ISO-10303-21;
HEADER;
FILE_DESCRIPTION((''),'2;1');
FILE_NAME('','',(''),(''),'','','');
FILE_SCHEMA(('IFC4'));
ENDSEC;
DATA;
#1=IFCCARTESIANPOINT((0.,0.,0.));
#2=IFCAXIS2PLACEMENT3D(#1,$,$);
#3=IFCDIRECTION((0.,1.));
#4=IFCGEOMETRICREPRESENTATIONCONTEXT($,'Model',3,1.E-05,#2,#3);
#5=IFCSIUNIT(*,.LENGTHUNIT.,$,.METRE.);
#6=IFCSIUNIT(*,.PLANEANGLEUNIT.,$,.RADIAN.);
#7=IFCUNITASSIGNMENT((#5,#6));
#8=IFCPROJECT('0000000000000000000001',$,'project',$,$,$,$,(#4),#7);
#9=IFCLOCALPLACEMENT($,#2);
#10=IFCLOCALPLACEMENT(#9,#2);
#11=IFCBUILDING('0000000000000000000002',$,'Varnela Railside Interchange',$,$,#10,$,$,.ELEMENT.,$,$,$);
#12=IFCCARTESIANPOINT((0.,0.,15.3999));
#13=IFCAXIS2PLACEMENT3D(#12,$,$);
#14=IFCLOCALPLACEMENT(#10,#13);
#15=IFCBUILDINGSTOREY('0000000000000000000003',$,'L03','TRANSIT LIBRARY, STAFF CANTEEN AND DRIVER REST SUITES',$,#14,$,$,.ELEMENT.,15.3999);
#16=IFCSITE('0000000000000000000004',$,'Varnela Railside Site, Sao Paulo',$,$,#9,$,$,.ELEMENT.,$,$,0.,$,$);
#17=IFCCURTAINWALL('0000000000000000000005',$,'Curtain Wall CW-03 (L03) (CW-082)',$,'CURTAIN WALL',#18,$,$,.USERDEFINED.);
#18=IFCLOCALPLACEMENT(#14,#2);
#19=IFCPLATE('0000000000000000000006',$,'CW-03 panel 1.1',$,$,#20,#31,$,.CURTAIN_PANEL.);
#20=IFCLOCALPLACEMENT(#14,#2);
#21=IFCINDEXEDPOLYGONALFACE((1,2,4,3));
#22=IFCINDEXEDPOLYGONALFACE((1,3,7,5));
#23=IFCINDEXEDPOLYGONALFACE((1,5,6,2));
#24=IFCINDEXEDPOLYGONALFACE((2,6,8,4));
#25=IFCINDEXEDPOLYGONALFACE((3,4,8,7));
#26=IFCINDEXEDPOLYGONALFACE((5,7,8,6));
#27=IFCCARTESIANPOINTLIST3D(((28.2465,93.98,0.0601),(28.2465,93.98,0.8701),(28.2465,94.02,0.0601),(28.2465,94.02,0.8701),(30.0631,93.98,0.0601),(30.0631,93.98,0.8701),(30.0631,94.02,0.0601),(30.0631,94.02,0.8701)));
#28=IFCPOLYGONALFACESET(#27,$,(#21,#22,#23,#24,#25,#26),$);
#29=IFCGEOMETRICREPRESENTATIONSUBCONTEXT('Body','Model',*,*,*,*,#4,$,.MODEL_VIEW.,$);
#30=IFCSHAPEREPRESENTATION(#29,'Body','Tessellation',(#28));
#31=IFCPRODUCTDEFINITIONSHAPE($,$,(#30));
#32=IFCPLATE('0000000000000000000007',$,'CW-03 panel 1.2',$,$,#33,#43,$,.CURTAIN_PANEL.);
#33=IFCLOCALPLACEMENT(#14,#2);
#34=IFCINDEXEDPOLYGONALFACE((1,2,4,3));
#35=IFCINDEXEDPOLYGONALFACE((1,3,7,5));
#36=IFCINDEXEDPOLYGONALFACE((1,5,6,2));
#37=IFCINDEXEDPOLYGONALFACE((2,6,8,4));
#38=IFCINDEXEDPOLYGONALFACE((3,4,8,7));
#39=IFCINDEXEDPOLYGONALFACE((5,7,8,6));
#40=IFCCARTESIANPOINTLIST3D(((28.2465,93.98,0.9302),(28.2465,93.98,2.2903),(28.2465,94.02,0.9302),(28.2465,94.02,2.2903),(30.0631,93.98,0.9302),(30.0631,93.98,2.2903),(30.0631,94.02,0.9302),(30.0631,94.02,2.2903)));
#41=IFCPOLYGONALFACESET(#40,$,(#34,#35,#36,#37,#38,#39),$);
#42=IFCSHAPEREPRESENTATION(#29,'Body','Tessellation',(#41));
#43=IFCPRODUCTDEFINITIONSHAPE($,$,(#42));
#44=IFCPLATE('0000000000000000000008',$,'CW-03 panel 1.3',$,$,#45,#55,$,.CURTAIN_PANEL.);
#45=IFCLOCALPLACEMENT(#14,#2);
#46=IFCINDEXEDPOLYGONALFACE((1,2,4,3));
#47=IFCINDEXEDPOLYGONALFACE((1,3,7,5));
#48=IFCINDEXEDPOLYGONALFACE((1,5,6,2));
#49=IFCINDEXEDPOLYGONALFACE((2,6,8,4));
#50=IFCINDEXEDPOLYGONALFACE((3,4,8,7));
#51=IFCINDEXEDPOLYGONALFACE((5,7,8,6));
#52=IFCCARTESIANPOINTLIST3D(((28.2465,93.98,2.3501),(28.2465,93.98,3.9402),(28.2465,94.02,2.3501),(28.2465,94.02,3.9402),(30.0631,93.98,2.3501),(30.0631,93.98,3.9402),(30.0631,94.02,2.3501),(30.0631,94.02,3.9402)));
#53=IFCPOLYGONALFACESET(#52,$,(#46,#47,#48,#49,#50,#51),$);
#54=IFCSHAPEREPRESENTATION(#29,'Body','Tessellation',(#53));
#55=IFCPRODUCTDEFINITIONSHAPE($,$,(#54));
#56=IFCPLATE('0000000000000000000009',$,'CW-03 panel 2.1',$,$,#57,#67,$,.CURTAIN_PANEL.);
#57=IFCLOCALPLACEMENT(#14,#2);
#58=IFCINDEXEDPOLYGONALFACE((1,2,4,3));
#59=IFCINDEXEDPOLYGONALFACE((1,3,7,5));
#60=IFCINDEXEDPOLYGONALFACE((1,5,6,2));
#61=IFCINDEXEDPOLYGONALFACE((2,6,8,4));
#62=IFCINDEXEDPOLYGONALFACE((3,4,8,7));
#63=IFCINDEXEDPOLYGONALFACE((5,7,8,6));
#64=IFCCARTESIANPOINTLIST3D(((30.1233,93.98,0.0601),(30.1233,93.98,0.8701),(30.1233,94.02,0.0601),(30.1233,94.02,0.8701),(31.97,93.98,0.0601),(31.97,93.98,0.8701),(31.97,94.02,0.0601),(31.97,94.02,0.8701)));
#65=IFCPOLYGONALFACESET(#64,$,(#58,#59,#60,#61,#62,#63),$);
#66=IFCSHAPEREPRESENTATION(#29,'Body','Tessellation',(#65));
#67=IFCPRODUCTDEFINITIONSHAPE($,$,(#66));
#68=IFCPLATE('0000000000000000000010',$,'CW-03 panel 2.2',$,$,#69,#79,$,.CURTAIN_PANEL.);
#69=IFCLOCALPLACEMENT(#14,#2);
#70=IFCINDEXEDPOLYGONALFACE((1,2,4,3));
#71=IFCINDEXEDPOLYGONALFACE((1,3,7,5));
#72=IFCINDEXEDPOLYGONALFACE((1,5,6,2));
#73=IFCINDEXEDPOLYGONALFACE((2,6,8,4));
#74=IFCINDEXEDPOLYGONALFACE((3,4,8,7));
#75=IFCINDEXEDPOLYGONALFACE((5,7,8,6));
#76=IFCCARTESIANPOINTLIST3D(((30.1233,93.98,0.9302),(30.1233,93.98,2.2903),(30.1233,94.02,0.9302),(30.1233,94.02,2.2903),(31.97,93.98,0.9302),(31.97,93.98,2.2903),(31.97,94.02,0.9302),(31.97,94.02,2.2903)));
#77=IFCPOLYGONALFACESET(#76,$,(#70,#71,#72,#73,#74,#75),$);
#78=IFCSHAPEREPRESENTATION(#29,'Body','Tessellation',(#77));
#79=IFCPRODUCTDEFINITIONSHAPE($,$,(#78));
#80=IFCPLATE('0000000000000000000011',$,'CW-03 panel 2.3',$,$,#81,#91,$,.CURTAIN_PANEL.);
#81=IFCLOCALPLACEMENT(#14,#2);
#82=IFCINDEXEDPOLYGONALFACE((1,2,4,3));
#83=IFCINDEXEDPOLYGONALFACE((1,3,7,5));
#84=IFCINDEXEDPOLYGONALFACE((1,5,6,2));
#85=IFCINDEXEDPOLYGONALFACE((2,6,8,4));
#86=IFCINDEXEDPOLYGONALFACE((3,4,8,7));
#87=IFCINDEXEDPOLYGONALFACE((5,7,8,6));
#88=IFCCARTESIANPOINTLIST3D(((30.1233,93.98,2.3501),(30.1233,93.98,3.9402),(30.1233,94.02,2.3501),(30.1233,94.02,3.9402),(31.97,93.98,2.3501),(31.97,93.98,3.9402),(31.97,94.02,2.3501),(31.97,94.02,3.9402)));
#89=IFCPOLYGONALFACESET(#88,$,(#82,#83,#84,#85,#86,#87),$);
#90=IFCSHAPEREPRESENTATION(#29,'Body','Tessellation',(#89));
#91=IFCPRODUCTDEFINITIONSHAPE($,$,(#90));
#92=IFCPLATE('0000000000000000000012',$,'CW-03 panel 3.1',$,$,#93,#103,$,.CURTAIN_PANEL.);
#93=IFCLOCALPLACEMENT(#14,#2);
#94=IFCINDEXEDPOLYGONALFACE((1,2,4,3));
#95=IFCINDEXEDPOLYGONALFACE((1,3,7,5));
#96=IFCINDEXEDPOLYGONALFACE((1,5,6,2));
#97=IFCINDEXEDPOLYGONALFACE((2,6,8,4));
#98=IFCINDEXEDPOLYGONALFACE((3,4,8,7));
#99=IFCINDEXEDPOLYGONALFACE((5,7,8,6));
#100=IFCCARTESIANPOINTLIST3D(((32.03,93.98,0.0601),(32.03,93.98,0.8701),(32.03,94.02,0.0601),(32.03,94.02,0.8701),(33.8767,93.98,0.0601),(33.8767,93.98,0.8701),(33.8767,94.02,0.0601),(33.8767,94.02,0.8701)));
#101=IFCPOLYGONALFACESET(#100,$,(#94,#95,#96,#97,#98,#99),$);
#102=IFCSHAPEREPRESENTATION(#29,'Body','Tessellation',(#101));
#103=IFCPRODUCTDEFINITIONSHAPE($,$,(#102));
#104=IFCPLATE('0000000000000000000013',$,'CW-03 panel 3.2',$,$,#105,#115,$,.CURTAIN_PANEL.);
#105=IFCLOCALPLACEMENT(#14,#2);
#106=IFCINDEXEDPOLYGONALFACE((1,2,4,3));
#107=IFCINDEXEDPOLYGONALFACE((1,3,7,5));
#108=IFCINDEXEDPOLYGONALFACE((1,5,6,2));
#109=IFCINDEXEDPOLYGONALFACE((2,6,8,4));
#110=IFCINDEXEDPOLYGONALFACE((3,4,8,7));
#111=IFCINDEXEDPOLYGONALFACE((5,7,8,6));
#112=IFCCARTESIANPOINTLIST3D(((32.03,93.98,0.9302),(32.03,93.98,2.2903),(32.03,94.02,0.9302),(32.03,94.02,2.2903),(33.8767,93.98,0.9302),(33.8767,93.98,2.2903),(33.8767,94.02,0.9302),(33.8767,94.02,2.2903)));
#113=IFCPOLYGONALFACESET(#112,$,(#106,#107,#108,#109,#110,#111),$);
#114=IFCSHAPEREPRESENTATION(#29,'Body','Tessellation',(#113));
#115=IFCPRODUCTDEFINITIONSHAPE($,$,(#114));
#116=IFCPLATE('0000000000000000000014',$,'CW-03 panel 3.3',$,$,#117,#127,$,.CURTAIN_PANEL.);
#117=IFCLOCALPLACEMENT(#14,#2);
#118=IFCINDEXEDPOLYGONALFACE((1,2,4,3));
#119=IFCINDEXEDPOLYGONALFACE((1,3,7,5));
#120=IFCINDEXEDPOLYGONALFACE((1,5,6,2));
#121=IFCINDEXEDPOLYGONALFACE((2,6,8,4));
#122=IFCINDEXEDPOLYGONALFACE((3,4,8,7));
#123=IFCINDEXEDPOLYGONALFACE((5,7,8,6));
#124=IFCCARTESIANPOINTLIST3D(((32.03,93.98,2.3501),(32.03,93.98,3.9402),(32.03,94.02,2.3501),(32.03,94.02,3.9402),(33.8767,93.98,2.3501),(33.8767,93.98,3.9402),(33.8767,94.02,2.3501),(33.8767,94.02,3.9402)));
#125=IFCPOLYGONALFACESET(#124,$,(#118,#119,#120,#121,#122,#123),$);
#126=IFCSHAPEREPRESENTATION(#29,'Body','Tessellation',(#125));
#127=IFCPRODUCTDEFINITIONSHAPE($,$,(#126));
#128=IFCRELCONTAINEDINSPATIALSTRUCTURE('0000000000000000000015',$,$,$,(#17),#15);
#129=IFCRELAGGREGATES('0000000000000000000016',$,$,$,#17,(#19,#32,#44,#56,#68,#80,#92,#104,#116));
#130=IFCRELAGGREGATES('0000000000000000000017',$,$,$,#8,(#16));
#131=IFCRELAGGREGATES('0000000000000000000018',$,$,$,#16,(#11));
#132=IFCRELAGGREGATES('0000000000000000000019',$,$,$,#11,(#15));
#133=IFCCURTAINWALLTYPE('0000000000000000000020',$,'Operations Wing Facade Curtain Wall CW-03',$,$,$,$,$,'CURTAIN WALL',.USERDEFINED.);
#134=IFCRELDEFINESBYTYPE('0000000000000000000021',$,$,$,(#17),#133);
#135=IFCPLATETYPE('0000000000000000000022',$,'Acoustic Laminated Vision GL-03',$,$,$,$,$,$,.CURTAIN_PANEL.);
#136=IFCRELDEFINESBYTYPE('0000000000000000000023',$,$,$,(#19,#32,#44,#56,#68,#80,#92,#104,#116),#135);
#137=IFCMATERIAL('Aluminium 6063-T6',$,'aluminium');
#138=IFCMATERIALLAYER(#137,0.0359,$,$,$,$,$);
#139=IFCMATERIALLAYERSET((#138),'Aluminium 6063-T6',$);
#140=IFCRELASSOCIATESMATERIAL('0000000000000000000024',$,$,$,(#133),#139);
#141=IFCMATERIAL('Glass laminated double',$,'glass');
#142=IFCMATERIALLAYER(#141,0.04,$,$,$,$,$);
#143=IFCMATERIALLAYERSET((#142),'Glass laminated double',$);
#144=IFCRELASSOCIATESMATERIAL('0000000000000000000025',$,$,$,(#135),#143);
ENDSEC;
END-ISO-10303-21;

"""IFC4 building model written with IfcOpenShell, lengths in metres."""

from ifc_helpers import new_model, si_unit, direction, frame, origin, origin_2d, place, context, subcontext, project, spatial, rectangle, extrude, material, layer, layer_set, type_object, element, aggregate, save


model = new_model("IFC4")

# Units and contexts
model_context = context("Model", 3, precision=1e-05, world=origin(), true_north=direction((0.0, 1.0)))
body_context = subcontext(model_context, "Body", "Model", "MODEL_VIEW")
ifc_project = project(units=[si_unit("LENGTHUNIT", "METRE"), si_unit("PLANEANGLEUNIT", "RADIAN")], contexts=[model_context])

# Site, building, storey
site_placement = place(None, origin())
site = spatial("IfcSite", under=ifc_project, at=site_placement, Name="Varnela Railside Site, Sao Paulo", CompositionType="ELEMENT", RefElevation=0.0)
building_placement = place(site_placement, origin())
building = spatial("IfcBuilding", under=site, at=building_placement, Name="Varnela Railside Interchange", CompositionType="ELEMENT")
storey_placement = place(building_placement, frame((0.0, 0.0, 15.3999)))
storey = spatial("IfcBuildingStorey", under=building, at=storey_placement, Name="L03", Description="TRANSIT LIBRARY, STAFF CANTEEN AND DRIVER REST SUITES", CompositionType="ELEMENT", Elevation=15.3999)

# Curtain wall, plates
ifc_material_1 = material(Name="Aluminium 6063-T6", Category="aluminium")
ifc_layer_1 = layer(ifc_material_1, 0.0359)
ifc_layer_set_1 = layer_set([ifc_layer_1], Name="Aluminium 6063-T6")
curtain_wall_type = type_object("IfcCurtainWallType", Name="Operations Wing Facade Curtain Wall CW-03", ElementType="CURTAIN WALL", PredefinedType="USERDEFINED", material=ifc_layer_set_1)
curtain_wall_placement = place(storey_placement, origin())
curtain_wall = element("IfcCurtainWall", 1, at=curtain_wall_placement, inside=storey, type_object=curtain_wall_type, Name="Curtain Wall CW-03 (L03) (CW-082)", ObjectType="CURTAIN WALL", PredefinedType="USERDEFINED")
ifc_material_2 = material(Name="Glass laminated double", Category="glass")
ifc_layer_2 = layer(ifc_material_2, 0.04)
ifc_layer_set_2 = layer_set([ifc_layer_2], Name="Glass laminated double")
plate_type = type_object("IfcPlateType", Name="Acoustic Laminated Vision GL-03", PredefinedType="CURTAIN_PANEL", material=ifc_layer_set_2)
plate_1_placement = place(storey_placement, frame((29.1548, 94.0, 0.0601), z_axis=(0.0, 0.0, 1.0), x_axis=(1.0, 0.0, 0.0)))
plate_1 = element("IfcPlate", 2, at=plate_1_placement, type_object=plate_type, Name="CW-03 panel 1.1", PredefinedType="CURTAIN_PANEL", context=body_context, shape_type="SweptSolid", body=[
    extrude(rectangle(XDim=1.8167, YDim=0.04, at=origin_2d()), origin(), (0.0, 0.0, 1.0), 0.8101),
])
plate_2_placement = place(storey_placement, frame((29.1548, 94.0, 0.9302), z_axis=(0.0, 0.0, 1.0), x_axis=(1.0, 0.0, 0.0)))
plate_2 = element("IfcPlate", 3, at=plate_2_placement, type_object=plate_type, Name="CW-03 panel 1.2", PredefinedType="CURTAIN_PANEL", context=body_context, shape_type="SweptSolid", body=[
    extrude(rectangle(XDim=1.8167, YDim=0.04, at=origin_2d()), origin(), (0.0, 0.0, 1.0), 1.3601),
])
plate_3_placement = place(storey_placement, frame((29.1548, 94.0, 2.3501), z_axis=(0.0, 0.0, 1.0), x_axis=(1.0, 0.0, 0.0)))
plate_3 = element("IfcPlate", 4, at=plate_3_placement, type_object=plate_type, Name="CW-03 panel 1.3", PredefinedType="CURTAIN_PANEL", context=body_context, shape_type="SweptSolid", body=[
    extrude(rectangle(XDim=1.8167, YDim=0.04, at=origin_2d()), origin(), (0.0, 0.0, 1.0), 1.5901),
])
plate_4_placement = place(storey_placement, frame((31.0466, 94.0, 0.0601), z_axis=(0.0, 0.0, 1.0), x_axis=(1.0, 0.0, 0.0)))
plate_4 = element("IfcPlate", 5, at=plate_4_placement, type_object=plate_type, Name="CW-03 panel 2.1", PredefinedType="CURTAIN_PANEL", context=body_context, shape_type="SweptSolid", body=[
    extrude(rectangle(XDim=1.8467, YDim=0.04, at=origin_2d()), origin(), (0.0, 0.0, 1.0), 0.8101),
])
plate_5_placement = place(storey_placement, frame((31.0466, 94.0, 0.9302), z_axis=(0.0, 0.0, 1.0), x_axis=(1.0, 0.0, 0.0)))
plate_5 = element("IfcPlate", 6, at=plate_5_placement, type_object=plate_type, Name="CW-03 panel 2.2", PredefinedType="CURTAIN_PANEL", context=body_context, shape_type="SweptSolid", body=[
    extrude(rectangle(XDim=1.8467, YDim=0.04, at=origin_2d()), origin(), (0.0, 0.0, 1.0), 1.3601),
])
plate_6_placement = place(storey_placement, frame((31.0466, 94.0, 2.3501), z_axis=(0.0, 0.0, 1.0), x_axis=(1.0, 0.0, 0.0)))
plate_6 = element("IfcPlate", 7, at=plate_6_placement, type_object=plate_type, Name="CW-03 panel 2.3", PredefinedType="CURTAIN_PANEL", context=body_context, shape_type="SweptSolid", body=[
    extrude(rectangle(XDim=1.8467, YDim=0.04, at=origin_2d()), origin(), (0.0, 0.0, 1.0), 1.5901),
])
plate_7_placement = place(storey_placement, frame((32.9534, 94.0, 0.0601), z_axis=(0.0, 0.0, 1.0), x_axis=(1.0, 0.0, 0.0)))
plate_7 = element("IfcPlate", 8, at=plate_7_placement, type_object=plate_type, Name="CW-03 panel 3.1", PredefinedType="CURTAIN_PANEL", context=body_context, shape_type="SweptSolid", body=[
    extrude(rectangle(XDim=1.8467, YDim=0.04, at=origin_2d()), origin(), (0.0, 0.0, 1.0), 0.8101),
])
plate_8_placement = place(storey_placement, frame((32.9534, 94.0, 0.9302), z_axis=(0.0, 0.0, 1.0), x_axis=(1.0, 0.0, 0.0)))
plate_8 = element("IfcPlate", 9, at=plate_8_placement, type_object=plate_type, Name="CW-03 panel 3.2", PredefinedType="CURTAIN_PANEL", context=body_context, shape_type="SweptSolid", body=[
    extrude(rectangle(XDim=1.8467, YDim=0.04, at=origin_2d()), origin(), (0.0, 0.0, 1.0), 1.3601),
])
plate_9_placement = place(storey_placement, frame((32.9534, 94.0, 2.3501), z_axis=(0.0, 0.0, 1.0), x_axis=(1.0, 0.0, 0.0)))
plate_9 = element("IfcPlate", 10, at=plate_9_placement, type_object=plate_type, Name="CW-03 panel 3.3", PredefinedType="CURTAIN_PANEL", context=body_context, shape_type="SweptSolid", body=[
    extrude(rectangle(XDim=1.8467, YDim=0.04, at=origin_2d()), origin(), (0.0, 0.0, 1.0), 1.5901),
])
aggregate(curtain_wall, [plate_1, plate_2, plate_3, plate_4, plate_5, plate_6, plate_7, plate_8, plate_9])

save(model, "model.ifc")
